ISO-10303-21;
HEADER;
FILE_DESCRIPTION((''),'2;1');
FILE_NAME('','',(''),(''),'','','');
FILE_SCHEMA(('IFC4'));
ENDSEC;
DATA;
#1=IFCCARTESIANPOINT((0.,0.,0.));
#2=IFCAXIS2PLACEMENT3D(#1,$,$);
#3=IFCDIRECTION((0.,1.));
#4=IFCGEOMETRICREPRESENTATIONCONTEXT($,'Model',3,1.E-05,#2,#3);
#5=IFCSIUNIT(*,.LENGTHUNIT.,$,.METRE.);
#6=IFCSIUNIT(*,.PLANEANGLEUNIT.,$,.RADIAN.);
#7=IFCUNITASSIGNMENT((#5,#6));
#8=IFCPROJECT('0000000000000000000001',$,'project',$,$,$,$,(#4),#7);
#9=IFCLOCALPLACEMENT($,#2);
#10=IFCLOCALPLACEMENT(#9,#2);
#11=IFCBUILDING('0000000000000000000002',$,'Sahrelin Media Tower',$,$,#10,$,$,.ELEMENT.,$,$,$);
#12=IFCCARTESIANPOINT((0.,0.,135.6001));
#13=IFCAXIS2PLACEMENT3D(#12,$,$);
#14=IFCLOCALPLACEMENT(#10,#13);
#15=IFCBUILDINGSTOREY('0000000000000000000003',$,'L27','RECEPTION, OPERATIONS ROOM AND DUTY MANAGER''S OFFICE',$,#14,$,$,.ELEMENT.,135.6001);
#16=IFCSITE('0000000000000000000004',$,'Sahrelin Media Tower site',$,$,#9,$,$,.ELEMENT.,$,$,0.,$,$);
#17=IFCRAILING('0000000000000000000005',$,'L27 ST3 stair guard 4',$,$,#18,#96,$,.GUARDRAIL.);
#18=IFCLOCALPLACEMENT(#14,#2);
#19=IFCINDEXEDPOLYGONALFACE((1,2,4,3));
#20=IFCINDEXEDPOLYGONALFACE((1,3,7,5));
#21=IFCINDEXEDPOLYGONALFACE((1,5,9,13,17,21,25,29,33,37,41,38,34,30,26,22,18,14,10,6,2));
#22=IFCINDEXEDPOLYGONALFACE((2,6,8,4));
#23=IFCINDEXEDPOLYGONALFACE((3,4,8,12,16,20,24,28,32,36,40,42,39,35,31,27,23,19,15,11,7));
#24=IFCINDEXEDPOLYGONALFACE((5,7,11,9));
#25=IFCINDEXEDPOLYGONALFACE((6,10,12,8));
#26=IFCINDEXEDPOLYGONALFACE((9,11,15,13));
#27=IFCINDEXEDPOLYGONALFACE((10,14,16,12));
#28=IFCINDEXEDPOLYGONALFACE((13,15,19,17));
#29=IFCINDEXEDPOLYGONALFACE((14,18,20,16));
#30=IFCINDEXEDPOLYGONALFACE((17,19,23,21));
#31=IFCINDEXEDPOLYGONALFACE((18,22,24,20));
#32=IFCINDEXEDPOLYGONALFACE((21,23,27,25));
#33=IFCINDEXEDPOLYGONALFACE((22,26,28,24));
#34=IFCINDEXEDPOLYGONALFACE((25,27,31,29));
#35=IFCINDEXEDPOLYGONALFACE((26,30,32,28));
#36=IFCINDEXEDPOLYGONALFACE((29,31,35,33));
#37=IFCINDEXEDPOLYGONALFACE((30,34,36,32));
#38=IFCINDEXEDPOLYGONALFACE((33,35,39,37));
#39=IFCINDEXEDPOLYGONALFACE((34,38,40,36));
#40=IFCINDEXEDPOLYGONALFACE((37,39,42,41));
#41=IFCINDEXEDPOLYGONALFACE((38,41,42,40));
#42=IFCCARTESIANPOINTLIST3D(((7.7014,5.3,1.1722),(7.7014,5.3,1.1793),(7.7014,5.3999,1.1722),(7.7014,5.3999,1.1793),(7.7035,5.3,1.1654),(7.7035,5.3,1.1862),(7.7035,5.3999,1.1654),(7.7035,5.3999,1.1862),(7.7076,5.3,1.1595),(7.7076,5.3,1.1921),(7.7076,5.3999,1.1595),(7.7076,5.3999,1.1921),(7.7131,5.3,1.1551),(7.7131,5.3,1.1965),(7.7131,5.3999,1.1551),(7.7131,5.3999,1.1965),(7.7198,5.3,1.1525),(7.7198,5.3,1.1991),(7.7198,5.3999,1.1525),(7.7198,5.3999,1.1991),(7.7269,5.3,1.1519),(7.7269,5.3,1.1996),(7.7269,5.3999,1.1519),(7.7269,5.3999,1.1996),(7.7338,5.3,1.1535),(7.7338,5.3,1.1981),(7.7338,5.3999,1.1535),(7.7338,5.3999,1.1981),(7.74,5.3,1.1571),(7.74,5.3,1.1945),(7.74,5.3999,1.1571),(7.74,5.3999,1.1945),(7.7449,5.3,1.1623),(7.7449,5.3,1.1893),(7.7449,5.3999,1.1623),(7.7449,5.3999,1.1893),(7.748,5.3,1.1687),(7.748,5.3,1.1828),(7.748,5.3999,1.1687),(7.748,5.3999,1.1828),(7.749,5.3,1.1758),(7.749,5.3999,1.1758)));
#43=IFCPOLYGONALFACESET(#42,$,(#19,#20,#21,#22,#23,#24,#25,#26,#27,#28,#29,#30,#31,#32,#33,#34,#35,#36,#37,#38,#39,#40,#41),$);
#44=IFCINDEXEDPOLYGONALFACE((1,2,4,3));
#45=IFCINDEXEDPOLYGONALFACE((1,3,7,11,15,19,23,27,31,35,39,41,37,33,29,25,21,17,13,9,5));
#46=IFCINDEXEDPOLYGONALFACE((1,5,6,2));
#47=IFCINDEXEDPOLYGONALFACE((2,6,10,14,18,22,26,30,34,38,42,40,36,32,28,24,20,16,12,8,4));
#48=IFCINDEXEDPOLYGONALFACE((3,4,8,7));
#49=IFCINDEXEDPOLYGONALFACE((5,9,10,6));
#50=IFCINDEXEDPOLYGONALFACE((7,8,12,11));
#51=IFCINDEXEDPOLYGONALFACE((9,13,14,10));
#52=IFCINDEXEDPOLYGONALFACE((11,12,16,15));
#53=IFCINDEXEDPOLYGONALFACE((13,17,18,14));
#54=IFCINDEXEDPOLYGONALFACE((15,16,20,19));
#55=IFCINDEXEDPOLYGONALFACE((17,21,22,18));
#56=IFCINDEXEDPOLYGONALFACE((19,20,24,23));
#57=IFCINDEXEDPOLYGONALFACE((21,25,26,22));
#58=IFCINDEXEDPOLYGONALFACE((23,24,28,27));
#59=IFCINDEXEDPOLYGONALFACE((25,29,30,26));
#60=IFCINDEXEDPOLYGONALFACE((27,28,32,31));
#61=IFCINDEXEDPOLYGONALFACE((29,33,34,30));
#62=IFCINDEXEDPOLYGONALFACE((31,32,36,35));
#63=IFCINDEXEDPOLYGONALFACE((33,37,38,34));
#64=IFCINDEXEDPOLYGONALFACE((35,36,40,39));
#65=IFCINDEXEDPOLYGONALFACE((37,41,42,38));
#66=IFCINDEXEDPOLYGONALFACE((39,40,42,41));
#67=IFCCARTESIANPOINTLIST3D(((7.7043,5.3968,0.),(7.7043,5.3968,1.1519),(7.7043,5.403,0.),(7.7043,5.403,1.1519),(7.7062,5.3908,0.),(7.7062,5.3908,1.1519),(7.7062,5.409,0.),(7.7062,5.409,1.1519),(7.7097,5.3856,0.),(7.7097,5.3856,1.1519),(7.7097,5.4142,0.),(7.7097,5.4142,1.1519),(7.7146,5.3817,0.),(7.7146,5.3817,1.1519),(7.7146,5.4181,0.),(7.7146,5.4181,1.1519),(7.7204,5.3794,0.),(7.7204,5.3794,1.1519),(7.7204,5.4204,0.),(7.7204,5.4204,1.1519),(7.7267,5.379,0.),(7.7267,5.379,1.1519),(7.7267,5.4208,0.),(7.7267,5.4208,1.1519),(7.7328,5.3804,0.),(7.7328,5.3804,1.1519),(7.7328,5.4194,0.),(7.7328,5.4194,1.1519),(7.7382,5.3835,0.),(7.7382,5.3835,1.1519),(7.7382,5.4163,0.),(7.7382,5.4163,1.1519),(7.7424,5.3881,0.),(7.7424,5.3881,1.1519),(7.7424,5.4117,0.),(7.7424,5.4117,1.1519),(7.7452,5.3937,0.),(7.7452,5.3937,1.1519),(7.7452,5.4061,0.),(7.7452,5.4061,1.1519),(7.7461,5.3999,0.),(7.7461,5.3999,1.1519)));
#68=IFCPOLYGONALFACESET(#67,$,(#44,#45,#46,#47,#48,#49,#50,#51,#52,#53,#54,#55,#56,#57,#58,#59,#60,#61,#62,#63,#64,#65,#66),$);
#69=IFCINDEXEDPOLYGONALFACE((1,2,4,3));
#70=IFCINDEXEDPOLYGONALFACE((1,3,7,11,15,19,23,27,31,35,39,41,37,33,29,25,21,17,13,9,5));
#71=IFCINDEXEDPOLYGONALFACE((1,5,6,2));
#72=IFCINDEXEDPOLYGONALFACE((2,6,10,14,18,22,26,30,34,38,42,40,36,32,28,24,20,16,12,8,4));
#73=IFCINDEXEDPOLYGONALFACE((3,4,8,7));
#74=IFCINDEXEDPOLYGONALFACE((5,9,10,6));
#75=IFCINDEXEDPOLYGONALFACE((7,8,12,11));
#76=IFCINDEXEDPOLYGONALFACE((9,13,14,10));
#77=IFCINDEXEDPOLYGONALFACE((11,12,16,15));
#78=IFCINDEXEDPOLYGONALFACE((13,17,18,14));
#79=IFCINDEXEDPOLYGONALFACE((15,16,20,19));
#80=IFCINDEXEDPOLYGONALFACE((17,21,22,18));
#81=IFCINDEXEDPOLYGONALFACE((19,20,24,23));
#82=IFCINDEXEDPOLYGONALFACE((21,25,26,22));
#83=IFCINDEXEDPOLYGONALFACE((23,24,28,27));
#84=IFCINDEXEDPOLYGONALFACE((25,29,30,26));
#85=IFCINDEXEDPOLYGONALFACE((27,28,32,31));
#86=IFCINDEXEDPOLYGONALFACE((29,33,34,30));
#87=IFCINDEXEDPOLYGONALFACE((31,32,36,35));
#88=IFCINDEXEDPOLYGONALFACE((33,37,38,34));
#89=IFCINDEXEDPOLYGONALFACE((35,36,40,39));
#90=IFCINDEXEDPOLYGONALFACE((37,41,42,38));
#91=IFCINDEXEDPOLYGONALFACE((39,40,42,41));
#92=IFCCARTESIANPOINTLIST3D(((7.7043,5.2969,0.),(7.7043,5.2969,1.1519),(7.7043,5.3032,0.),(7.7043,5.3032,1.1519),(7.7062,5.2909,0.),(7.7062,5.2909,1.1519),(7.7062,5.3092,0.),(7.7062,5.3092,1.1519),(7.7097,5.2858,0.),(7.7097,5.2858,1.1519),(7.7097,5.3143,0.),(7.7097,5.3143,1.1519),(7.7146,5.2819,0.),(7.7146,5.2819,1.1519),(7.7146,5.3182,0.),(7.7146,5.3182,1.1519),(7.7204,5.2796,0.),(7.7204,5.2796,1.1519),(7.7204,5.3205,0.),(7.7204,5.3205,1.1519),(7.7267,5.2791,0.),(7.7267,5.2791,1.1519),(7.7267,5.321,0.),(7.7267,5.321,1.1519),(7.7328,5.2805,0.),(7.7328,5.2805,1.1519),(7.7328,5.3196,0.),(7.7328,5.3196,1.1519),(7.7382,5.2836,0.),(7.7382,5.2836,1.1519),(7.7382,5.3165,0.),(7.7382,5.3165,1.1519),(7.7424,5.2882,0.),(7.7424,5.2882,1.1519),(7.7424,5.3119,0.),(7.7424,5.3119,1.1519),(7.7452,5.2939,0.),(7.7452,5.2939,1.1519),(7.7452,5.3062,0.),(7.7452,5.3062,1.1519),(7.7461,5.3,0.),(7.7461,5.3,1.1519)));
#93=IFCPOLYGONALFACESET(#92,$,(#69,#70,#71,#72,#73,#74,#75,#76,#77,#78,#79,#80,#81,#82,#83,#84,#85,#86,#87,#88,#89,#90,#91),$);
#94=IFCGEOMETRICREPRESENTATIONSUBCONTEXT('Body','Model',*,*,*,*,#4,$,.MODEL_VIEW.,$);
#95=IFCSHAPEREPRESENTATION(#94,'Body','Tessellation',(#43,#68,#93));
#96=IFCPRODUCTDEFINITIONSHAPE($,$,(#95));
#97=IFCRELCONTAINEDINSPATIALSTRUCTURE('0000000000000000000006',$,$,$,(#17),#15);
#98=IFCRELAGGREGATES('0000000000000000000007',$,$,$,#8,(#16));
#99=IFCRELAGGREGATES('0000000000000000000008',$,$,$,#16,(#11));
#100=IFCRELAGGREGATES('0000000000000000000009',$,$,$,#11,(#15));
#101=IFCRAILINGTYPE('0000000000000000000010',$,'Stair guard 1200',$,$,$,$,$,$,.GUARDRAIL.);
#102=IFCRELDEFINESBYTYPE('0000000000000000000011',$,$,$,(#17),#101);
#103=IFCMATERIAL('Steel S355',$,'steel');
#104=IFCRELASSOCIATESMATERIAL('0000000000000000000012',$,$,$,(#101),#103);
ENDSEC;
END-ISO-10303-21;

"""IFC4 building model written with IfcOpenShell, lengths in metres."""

from ifc_helpers import new_model, si_unit, direction, frame, origin, origin_2d, place, context, subcontext, project, spatial, circle, extrude, material, type_object, element, save


model = new_model("IFC4")

# Units and contexts
model_context = context("Model", 3, precision=1e-05, world=origin(), true_north=direction((0.0, 1.0)))
body_context = subcontext(model_context, "Body", "Model", "MODEL_VIEW")
ifc_project = project(units=[si_unit("LENGTHUNIT", "METRE"), si_unit("PLANEANGLEUNIT", "RADIAN")], contexts=[model_context])

# Site, building, storey
site_placement = place(None, origin())
site = spatial("IfcSite", under=ifc_project, at=site_placement, Name="Sahrelin Media Tower site", CompositionType="ELEMENT", RefElevation=0.0)
building_placement = place(site_placement, origin())
building = spatial("IfcBuilding", under=site, at=building_placement, Name="Sahrelin Media Tower", CompositionType="ELEMENT")
storey_placement = place(building_placement, frame((0.0, 0.0, 135.6001)))
storey = spatial("IfcBuildingStorey", under=building, at=storey_placement, Name="L27", Description="RECEPTION, OPERATIONS ROOM AND DUTY MANAGER'S OFFICE", CompositionType="ELEMENT", Elevation=135.6001)

# Shared definitions
ifc_material_1 = material(Name="Steel S355", Category="steel")

# Railing
railing_type_1 = type_object("IfcRailingType", Name="Stair guard 1200", PredefinedType="GUARDRAIL", material=ifc_material_1)
railing_1_placement = place(storey_placement, frame((7.7251, 5.3999, 0.0)))
element("IfcRailing", 1, at=railing_1_placement, inside=storey, type_object=railing_type_1, Name="L27 ST3 stair guard 4", PredefinedType="GUARDRAIL", context=body_context, shape_type="SweptSolid", body=[
    extrude(circle(Radius=0.0239, at=origin_2d()), frame((0.0, 0.0, 1.1758), z_axis=(0.0, -1.0, 0.0), x_axis=(1.0, 0.0, 0.0)), (0.0, 0.0, 1.0), 0.0999),
    extrude(circle(Radius=0.021, at=origin_2d()), origin(), (0.0, 0.0, 1.0), 1.1519),
    extrude(circle(Radius=0.021, at=origin_2d()), frame((0.0, -0.0999, 0.0)), (0.0, 0.0, 1.0), 1.1519),
])

save(model, "model.ifc")
